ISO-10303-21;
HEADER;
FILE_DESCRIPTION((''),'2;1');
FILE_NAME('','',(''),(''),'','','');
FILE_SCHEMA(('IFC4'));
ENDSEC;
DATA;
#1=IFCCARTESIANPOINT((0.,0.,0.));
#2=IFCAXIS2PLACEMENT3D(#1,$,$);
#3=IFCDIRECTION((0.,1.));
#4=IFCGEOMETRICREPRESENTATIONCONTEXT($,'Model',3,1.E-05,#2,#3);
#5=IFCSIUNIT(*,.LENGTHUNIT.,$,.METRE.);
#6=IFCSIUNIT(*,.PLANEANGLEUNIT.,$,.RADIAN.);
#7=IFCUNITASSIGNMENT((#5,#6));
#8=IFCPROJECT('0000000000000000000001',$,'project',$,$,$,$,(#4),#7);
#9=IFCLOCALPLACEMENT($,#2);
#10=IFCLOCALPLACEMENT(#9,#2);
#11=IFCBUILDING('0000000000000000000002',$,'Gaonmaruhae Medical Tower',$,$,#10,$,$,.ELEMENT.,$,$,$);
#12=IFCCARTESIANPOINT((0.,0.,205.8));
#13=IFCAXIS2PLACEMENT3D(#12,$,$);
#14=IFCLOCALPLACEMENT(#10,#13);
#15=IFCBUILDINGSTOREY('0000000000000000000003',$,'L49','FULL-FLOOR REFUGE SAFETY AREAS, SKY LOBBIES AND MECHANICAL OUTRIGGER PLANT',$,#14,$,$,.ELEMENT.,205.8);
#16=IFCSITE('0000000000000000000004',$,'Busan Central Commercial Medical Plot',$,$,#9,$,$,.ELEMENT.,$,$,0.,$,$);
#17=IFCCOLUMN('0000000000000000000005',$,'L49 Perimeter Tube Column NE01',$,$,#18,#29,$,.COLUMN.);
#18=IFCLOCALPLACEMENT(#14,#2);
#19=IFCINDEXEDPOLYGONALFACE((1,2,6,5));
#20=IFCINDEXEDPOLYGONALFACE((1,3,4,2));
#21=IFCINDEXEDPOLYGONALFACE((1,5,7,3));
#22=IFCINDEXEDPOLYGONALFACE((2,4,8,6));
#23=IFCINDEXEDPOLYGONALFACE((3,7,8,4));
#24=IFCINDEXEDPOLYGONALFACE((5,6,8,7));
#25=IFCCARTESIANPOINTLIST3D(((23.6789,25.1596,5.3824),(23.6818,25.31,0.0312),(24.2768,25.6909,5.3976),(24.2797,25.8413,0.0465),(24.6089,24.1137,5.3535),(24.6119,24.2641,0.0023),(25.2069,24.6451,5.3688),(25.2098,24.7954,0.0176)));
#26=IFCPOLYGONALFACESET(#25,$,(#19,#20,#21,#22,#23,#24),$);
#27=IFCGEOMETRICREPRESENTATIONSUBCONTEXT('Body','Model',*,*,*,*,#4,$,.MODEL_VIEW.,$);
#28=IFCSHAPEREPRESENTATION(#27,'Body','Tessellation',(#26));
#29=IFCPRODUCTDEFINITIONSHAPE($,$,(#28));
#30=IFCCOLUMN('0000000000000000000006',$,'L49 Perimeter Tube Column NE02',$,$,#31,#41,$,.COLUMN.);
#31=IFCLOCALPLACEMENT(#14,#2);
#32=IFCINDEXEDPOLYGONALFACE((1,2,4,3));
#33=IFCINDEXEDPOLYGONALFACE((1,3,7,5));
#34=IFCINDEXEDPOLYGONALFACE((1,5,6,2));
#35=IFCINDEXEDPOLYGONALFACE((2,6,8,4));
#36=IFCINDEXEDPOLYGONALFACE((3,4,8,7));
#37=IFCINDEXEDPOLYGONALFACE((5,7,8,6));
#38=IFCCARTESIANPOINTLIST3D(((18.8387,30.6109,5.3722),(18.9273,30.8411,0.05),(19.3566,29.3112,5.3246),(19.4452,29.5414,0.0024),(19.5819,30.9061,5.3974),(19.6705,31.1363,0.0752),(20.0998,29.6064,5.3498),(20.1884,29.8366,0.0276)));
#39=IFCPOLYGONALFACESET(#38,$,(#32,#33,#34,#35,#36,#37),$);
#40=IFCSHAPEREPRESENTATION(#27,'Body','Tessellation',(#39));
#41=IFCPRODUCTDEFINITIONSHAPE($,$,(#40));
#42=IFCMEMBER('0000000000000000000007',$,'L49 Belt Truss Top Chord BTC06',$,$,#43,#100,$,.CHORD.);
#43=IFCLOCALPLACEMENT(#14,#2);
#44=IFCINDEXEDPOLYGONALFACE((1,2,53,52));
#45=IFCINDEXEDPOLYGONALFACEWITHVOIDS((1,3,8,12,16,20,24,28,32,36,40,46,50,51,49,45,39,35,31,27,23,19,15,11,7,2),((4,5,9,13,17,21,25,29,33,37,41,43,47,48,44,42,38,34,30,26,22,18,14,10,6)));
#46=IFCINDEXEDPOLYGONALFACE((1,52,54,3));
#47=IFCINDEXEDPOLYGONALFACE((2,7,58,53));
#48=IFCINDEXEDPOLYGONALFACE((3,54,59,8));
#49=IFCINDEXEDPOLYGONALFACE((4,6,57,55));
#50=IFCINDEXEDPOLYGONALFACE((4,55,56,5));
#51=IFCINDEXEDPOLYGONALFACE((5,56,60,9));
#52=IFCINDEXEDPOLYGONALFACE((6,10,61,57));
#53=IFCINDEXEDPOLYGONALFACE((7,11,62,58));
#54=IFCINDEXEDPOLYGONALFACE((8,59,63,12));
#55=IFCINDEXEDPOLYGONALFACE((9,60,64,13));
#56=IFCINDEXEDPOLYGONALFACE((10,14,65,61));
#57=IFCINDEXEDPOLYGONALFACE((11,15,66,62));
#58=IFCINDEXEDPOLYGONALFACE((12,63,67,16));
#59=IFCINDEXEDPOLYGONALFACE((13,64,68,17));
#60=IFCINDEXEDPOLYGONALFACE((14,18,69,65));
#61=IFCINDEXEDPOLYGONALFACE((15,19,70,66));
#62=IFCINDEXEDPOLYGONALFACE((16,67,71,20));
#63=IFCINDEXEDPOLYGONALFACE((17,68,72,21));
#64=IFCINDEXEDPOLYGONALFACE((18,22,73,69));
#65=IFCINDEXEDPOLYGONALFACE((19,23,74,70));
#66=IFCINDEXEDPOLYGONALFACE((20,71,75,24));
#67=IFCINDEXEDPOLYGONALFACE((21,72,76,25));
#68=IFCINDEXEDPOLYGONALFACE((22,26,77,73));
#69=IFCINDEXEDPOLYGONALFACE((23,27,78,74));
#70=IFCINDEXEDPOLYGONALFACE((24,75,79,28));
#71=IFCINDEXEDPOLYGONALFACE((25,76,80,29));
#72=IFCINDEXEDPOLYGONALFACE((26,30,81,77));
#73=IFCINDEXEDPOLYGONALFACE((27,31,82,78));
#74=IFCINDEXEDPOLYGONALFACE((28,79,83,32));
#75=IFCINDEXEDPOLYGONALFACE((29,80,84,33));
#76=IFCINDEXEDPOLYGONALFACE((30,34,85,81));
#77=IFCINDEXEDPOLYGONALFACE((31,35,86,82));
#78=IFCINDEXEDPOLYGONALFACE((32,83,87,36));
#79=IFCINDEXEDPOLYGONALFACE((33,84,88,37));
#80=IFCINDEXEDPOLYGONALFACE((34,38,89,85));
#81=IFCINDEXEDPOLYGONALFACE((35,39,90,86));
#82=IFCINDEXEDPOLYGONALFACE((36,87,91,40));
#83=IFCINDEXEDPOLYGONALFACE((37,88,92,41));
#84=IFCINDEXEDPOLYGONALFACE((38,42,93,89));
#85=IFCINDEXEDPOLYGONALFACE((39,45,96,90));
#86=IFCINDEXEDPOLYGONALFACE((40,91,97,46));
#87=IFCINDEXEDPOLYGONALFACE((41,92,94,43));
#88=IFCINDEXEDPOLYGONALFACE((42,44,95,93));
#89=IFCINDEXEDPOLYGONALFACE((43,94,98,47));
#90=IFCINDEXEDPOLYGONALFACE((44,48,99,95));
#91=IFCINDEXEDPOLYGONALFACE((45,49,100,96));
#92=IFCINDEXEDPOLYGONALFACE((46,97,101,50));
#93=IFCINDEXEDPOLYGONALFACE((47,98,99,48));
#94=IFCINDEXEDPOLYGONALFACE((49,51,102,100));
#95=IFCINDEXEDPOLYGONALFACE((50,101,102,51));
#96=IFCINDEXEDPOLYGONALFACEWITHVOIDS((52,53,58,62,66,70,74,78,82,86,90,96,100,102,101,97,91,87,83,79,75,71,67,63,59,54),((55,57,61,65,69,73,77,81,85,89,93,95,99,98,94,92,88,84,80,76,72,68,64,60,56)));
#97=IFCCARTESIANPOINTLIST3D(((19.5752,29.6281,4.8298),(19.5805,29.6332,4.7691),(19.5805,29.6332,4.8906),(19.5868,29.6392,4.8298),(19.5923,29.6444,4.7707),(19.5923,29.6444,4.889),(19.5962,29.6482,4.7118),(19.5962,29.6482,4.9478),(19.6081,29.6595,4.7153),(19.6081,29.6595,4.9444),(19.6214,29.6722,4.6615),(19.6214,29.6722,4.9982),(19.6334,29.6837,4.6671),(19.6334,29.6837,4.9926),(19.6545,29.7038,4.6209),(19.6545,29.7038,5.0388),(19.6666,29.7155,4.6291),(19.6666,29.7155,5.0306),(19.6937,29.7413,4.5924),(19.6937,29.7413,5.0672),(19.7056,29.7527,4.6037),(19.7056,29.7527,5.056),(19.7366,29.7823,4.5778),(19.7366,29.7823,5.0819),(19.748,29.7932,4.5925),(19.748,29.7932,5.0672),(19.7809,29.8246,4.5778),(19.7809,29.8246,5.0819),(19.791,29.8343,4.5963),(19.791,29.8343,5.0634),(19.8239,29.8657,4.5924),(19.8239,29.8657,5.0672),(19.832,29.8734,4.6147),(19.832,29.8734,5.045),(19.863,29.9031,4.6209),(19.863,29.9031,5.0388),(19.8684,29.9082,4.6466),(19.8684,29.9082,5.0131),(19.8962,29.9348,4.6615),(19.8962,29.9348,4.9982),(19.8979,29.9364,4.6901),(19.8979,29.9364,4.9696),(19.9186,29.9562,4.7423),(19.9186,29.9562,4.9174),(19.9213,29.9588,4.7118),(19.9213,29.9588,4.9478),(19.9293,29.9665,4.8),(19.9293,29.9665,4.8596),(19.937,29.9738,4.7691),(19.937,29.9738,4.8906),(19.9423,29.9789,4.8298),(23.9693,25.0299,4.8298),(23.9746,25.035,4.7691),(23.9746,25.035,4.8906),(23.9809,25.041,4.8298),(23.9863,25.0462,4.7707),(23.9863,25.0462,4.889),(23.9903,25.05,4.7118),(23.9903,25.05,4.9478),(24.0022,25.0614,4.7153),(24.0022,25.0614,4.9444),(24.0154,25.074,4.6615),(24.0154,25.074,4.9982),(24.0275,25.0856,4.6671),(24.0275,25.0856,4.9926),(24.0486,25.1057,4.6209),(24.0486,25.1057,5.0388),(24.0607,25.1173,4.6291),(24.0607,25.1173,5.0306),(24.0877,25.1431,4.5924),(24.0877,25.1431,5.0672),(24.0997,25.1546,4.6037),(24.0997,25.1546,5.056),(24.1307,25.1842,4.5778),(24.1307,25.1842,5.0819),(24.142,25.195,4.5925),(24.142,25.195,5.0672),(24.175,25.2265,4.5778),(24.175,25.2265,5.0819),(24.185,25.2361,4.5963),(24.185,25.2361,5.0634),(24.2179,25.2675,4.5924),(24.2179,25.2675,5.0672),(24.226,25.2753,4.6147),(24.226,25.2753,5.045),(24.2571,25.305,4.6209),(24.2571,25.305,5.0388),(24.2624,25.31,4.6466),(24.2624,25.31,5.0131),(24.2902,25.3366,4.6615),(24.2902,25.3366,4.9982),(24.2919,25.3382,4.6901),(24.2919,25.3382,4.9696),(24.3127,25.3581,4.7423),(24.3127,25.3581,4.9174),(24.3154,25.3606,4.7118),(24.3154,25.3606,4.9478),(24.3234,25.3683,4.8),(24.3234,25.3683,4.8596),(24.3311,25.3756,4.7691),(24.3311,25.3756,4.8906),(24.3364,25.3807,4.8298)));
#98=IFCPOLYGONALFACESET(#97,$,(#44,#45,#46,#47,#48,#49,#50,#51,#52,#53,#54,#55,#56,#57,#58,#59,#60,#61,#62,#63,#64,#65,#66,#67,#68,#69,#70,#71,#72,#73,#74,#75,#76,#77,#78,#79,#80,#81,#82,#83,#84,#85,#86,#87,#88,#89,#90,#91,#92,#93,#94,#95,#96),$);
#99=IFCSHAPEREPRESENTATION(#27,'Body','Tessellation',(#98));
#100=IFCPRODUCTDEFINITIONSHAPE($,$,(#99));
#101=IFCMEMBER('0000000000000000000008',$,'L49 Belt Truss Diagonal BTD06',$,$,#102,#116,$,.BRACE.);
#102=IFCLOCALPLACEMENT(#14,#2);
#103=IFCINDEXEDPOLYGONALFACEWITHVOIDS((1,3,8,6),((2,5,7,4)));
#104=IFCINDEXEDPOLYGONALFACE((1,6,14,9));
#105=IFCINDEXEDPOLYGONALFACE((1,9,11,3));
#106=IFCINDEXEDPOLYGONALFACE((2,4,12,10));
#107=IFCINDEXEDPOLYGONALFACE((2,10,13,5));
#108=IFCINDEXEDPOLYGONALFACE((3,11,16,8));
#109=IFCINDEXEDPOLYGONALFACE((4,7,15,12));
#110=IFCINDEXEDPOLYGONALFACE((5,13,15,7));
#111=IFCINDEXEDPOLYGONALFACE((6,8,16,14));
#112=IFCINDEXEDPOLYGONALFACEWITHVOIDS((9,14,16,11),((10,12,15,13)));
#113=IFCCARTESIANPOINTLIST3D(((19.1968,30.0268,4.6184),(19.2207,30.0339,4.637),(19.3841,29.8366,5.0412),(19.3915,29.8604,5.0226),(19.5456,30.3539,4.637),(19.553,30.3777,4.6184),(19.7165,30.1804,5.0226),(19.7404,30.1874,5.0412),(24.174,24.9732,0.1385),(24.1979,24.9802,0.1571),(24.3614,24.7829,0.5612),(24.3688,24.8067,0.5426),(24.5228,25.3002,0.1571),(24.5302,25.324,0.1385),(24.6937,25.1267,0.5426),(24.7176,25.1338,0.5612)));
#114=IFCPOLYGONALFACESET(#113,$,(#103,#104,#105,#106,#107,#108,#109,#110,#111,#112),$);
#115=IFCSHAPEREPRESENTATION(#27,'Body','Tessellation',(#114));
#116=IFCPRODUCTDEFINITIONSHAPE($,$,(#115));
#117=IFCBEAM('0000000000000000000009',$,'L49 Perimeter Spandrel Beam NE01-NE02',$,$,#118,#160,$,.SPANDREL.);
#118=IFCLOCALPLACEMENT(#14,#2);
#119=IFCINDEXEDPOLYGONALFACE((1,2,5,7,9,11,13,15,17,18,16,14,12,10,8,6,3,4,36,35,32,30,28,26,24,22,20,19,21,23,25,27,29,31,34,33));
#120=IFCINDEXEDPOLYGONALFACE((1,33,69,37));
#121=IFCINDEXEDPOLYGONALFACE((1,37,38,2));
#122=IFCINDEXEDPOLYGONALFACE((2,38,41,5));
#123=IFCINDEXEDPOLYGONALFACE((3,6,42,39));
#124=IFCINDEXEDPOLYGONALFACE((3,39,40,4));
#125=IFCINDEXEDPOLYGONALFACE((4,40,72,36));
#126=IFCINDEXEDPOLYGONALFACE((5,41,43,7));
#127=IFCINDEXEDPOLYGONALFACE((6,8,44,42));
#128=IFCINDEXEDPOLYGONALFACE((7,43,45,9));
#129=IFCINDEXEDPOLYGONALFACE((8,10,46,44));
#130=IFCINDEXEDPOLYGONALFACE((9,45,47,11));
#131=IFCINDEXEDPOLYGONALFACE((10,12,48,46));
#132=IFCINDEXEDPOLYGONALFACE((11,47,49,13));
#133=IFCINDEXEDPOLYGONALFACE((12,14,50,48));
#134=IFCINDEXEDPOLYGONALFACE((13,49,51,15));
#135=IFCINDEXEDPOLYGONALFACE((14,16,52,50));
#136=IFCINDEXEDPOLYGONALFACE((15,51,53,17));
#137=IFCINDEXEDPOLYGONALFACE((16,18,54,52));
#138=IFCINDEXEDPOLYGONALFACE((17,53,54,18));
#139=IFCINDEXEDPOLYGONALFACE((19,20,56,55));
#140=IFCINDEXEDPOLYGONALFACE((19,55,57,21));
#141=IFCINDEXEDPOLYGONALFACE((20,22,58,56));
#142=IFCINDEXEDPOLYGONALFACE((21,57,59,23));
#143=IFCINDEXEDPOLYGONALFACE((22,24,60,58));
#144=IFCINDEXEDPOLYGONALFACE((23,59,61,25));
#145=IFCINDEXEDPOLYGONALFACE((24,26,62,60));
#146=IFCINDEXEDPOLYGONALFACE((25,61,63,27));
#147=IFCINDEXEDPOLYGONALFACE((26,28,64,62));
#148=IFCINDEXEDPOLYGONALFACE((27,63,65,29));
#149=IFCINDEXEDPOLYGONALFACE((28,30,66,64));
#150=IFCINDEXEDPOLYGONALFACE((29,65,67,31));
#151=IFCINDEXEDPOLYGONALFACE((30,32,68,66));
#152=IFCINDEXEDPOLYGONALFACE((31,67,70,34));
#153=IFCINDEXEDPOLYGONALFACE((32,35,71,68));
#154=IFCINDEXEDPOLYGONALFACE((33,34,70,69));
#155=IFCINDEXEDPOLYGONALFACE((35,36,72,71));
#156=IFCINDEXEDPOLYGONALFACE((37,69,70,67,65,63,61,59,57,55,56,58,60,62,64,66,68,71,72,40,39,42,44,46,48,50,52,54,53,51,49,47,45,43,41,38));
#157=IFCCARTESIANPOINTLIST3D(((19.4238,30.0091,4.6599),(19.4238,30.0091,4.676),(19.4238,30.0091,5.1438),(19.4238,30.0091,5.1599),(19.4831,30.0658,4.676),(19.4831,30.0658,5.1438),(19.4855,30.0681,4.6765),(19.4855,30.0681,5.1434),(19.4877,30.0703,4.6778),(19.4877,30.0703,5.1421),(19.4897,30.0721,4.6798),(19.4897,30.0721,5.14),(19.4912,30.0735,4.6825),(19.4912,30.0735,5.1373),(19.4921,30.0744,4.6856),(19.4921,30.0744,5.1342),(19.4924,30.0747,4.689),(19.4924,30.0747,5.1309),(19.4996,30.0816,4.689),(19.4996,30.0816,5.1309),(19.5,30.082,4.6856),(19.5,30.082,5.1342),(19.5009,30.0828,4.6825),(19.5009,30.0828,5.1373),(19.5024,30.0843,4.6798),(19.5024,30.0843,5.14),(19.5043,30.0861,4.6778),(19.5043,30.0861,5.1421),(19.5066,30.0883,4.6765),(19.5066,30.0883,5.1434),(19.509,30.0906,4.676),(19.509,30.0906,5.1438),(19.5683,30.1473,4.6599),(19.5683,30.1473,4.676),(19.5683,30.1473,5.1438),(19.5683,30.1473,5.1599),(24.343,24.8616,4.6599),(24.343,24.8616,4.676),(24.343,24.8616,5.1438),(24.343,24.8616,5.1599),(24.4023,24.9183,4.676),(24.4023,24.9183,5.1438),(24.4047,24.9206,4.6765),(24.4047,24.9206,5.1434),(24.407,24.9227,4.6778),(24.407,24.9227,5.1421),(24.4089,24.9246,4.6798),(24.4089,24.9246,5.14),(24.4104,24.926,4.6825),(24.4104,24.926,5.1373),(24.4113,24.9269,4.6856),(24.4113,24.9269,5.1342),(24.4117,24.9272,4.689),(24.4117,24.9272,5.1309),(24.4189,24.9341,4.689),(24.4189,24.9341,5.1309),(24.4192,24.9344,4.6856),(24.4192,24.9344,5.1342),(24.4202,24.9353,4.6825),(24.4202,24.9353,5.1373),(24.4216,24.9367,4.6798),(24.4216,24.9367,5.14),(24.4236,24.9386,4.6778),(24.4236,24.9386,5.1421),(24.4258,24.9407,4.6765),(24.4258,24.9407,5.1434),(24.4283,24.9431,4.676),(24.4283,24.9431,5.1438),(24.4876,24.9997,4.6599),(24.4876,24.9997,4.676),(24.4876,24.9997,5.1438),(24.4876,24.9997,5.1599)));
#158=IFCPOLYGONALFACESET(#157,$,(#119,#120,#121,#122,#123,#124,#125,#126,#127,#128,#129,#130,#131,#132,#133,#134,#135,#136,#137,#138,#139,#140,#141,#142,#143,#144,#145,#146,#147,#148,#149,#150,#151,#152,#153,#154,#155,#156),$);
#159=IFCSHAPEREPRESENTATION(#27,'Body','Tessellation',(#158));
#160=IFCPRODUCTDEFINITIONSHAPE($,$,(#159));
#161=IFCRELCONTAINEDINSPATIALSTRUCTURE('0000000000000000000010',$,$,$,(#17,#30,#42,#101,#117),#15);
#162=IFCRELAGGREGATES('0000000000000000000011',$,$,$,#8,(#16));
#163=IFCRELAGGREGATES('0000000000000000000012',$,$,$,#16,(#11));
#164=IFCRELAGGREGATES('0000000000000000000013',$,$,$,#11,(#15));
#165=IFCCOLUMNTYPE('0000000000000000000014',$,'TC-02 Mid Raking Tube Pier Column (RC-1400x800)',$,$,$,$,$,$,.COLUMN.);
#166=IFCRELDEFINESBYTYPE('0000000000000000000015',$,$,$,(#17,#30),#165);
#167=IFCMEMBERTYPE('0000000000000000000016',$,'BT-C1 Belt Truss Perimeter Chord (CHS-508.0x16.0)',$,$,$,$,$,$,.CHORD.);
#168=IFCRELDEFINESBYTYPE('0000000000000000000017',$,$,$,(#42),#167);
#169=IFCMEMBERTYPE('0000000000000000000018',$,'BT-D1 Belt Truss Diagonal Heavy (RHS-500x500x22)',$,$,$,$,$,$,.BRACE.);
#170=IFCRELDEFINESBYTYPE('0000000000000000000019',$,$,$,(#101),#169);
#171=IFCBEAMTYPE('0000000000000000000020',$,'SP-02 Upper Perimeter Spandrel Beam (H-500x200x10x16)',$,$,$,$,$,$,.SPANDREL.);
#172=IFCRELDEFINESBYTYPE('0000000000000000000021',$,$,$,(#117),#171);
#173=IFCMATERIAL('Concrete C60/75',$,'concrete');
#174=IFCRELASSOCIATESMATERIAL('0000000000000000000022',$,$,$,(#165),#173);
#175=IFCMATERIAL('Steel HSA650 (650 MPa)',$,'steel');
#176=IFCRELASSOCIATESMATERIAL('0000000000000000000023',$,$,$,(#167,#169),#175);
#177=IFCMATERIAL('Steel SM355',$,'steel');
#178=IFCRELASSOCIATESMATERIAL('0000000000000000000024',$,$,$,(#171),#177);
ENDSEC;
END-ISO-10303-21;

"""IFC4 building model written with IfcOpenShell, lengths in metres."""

from ifc_helpers import new_model, si_unit, direction, frame, origin, origin_2d, place, context, subcontext, project, spatial, rectangle, hollow_rectangle, hollow_circle, i_section, extrude, material, material_profile, profile_set, type_object, element, save


model = new_model("IFC4")

# Units and contexts
model_context = context("Model", 3, precision=1e-05, world=origin(), true_north=direction((0.0, 1.0)))
body_context = subcontext(model_context, "Body", "Model", "MODEL_VIEW")
ifc_project = project(units=[si_unit("LENGTHUNIT", "METRE"), si_unit("PLANEANGLEUNIT", "RADIAN")], contexts=[model_context])

# Site, building, storey
site_placement = place(None, origin())
site = spatial("IfcSite", under=ifc_project, at=site_placement, Name="Busan Central Commercial Medical Plot", CompositionType="ELEMENT", RefElevation=0.0)
building_placement = place(site_placement, origin())
building = spatial("IfcBuilding", under=site, at=building_placement, Name="Gaonmaruhae Medical Tower", CompositionType="ELEMENT")
storey_placement = place(building_placement, frame((0.0, 0.0, 205.8)))
storey = spatial("IfcBuildingStorey", under=building, at=storey_placement, Name="L49", Description="FULL-FLOOR REFUGE SAFETY AREAS, SKY LOBBIES AND MECHANICAL OUTRIGGER PLANT", CompositionType="ELEMENT", Elevation=205.8)

# Columns
ifc_material_1 = material(Name="Concrete C60/75", Category="concrete")
ifc_material_profile_1 = material_profile(ifc_material_1, rectangle(XDim=1.3999, YDim=0.8, at=origin_2d()), Name="RC-1400x800")
ifc_profile_set_1 = profile_set([ifc_material_profile_1], Name="Concrete C60/75")
column_type = type_object("IfcColumnType", Name="TC-02 Mid Raking Tube Pier Column (RC-1400x800)", PredefinedType="COLUMN", material=ifc_profile_set_1)
column_1_placement = place(storey_placement, frame((24.4458, 25.0527, 0.0244), z_axis=(-0.000547, -0.028094, 0.999605), x_axis=(-0.664375, 0.747114, 0.020634)))
element("IfcColumn", 1, at=column_1_placement, inside=storey, type_object=column_type, Name="L49 Perimeter Tube Column NE01", PredefinedType="COLUMN", context=body_context, shape_type="SweptSolid", body=[
    extrude(rectangle(XDim=1.3999, YDim=0.8, at=origin_2d()), origin(), (0.0, 0.0, 1.0), 5.3533),
])
column_2_placement = place(storey_placement, frame((19.5579, 30.3389, 0.0388), z_axis=(-0.016634, -0.04321, 0.998928), x_axis=(-0.369968, 0.928422, 0.034)))
element("IfcColumn", 2, at=column_2_placement, inside=storey, type_object=column_type, Name="L49 Perimeter Tube Column NE02", PredefinedType="COLUMN", context=body_context, shape_type="SweptSolid", body=[
    extrude(rectangle(XDim=1.3999, YDim=0.8, at=origin_2d()), origin(), (0.0, 0.0, 1.0), 5.3279),
])

# Members
ifc_material_2 = material(Name="Steel HSA650 (650 MPa)", Category="steel")
ifc_material_profile_2 = material_profile(ifc_material_2, hollow_circle(Radius=0.2539, WallThickness=0.0161, at=origin_2d()), Name="CHS-508.0x16.0")
ifc_profile_set_2 = profile_set([ifc_material_profile_2], Name="Steel HSA650 (650 MPa)")
member_type_1 = type_object("IfcMemberType", Name="BT-C1 Belt Truss Perimeter Chord (CHS-508.0x16.0)", PredefinedType="CHORD", material=ifc_profile_set_2)
member_1_placement = place(storey_placement, frame((24.1528, 25.2053, 4.8298), z_axis=(-0.690879, 0.72297, 0.0), x_axis=(-0.72297, -0.690879, 0.0)))
element("IfcMember", 3, at=member_1_placement, inside=storey, type_object=member_type_1, Name="L49 Belt Truss Top Chord BTC06", PredefinedType="CHORD", context=body_context, shape_type="SweptSolid", body=[
    extrude(hollow_circle(Radius=0.2539, WallThickness=0.0161, at=origin_2d()), origin(), (0.0, 0.0, 1.0), 6.3601),
])
ifc_material_profile_3 = material_profile(ifc_material_2, hollow_rectangle(XDim=0.5, YDim=0.5, WallThickness=0.022, at=origin_2d()), Name="RHS-500x500x22")
ifc_profile_set_3 = profile_set([ifc_material_profile_3], Name="Steel HSA650 (650 MPa)")
member_type_2 = type_object("IfcMemberType", Name="BT-D1 Belt Truss Diagonal Heavy (RHS-500x500x22)", PredefinedType="BRACE", material=ifc_profile_set_3)
member_2_placement = place(storey_placement, frame((24.4458, 25.0535, 0.3499), z_axis=(-0.593277, 0.602385, 0.533999), x_axis=(-0.712473, -0.7017, 0.0)))
element("IfcMember", 4, at=member_2_placement, inside=storey, type_object=member_type_2, Name="L49 Belt Truss Diagonal BTD06", PredefinedType="BRACE", context=body_context, shape_type="SweptSolid", body=[
    extrude(hollow_rectangle(XDim=0.5, YDim=0.5, WallThickness=0.022, at=origin_2d()), origin(), (0.0, 0.0, 1.0), 8.3894),
])

# Beam
ifc_material_3 = material(Name="Steel SM355", Category="steel")
ifc_material_profile_4 = material_profile(ifc_material_3, i_section(OverallWidth=0.2, OverallDepth=0.5, WebThickness=0.01, FlangeThickness=0.0161, FilletRadius=0.0129, at=origin_2d()), Name="H-500x200x10x16")
ifc_profile_set_4 = profile_set([ifc_material_profile_4], Name="Steel SM355")
beam_type = type_object("IfcBeamType", Name="SP-02 Upper Perimeter Spandrel Beam (H-500x200x10x16)", PredefinedType="SPANDREL", material=ifc_profile_set_4)
beam_1_placement = place(storey_placement, frame((24.4153, 24.9307, 4.9099), z_axis=(-0.690895, 0.722955, 0.0), x_axis=(-0.722955, -0.690895, 0.0)))
element("IfcBeam", 5, at=beam_1_placement, inside=storey, type_object=beam_type, Name="L49 Perimeter Spandrel Beam NE01-NE02", PredefinedType="SPANDREL", context=body_context, shape_type="SweptSolid", body=[
    extrude(i_section(OverallWidth=0.2, OverallDepth=0.5, WebThickness=0.01, FlangeThickness=0.0161, FilletRadius=0.0129, at=origin_2d()), origin(), (0.0, 0.0, 1.0), 7.1201),
])

save(model, "model.ifc")
